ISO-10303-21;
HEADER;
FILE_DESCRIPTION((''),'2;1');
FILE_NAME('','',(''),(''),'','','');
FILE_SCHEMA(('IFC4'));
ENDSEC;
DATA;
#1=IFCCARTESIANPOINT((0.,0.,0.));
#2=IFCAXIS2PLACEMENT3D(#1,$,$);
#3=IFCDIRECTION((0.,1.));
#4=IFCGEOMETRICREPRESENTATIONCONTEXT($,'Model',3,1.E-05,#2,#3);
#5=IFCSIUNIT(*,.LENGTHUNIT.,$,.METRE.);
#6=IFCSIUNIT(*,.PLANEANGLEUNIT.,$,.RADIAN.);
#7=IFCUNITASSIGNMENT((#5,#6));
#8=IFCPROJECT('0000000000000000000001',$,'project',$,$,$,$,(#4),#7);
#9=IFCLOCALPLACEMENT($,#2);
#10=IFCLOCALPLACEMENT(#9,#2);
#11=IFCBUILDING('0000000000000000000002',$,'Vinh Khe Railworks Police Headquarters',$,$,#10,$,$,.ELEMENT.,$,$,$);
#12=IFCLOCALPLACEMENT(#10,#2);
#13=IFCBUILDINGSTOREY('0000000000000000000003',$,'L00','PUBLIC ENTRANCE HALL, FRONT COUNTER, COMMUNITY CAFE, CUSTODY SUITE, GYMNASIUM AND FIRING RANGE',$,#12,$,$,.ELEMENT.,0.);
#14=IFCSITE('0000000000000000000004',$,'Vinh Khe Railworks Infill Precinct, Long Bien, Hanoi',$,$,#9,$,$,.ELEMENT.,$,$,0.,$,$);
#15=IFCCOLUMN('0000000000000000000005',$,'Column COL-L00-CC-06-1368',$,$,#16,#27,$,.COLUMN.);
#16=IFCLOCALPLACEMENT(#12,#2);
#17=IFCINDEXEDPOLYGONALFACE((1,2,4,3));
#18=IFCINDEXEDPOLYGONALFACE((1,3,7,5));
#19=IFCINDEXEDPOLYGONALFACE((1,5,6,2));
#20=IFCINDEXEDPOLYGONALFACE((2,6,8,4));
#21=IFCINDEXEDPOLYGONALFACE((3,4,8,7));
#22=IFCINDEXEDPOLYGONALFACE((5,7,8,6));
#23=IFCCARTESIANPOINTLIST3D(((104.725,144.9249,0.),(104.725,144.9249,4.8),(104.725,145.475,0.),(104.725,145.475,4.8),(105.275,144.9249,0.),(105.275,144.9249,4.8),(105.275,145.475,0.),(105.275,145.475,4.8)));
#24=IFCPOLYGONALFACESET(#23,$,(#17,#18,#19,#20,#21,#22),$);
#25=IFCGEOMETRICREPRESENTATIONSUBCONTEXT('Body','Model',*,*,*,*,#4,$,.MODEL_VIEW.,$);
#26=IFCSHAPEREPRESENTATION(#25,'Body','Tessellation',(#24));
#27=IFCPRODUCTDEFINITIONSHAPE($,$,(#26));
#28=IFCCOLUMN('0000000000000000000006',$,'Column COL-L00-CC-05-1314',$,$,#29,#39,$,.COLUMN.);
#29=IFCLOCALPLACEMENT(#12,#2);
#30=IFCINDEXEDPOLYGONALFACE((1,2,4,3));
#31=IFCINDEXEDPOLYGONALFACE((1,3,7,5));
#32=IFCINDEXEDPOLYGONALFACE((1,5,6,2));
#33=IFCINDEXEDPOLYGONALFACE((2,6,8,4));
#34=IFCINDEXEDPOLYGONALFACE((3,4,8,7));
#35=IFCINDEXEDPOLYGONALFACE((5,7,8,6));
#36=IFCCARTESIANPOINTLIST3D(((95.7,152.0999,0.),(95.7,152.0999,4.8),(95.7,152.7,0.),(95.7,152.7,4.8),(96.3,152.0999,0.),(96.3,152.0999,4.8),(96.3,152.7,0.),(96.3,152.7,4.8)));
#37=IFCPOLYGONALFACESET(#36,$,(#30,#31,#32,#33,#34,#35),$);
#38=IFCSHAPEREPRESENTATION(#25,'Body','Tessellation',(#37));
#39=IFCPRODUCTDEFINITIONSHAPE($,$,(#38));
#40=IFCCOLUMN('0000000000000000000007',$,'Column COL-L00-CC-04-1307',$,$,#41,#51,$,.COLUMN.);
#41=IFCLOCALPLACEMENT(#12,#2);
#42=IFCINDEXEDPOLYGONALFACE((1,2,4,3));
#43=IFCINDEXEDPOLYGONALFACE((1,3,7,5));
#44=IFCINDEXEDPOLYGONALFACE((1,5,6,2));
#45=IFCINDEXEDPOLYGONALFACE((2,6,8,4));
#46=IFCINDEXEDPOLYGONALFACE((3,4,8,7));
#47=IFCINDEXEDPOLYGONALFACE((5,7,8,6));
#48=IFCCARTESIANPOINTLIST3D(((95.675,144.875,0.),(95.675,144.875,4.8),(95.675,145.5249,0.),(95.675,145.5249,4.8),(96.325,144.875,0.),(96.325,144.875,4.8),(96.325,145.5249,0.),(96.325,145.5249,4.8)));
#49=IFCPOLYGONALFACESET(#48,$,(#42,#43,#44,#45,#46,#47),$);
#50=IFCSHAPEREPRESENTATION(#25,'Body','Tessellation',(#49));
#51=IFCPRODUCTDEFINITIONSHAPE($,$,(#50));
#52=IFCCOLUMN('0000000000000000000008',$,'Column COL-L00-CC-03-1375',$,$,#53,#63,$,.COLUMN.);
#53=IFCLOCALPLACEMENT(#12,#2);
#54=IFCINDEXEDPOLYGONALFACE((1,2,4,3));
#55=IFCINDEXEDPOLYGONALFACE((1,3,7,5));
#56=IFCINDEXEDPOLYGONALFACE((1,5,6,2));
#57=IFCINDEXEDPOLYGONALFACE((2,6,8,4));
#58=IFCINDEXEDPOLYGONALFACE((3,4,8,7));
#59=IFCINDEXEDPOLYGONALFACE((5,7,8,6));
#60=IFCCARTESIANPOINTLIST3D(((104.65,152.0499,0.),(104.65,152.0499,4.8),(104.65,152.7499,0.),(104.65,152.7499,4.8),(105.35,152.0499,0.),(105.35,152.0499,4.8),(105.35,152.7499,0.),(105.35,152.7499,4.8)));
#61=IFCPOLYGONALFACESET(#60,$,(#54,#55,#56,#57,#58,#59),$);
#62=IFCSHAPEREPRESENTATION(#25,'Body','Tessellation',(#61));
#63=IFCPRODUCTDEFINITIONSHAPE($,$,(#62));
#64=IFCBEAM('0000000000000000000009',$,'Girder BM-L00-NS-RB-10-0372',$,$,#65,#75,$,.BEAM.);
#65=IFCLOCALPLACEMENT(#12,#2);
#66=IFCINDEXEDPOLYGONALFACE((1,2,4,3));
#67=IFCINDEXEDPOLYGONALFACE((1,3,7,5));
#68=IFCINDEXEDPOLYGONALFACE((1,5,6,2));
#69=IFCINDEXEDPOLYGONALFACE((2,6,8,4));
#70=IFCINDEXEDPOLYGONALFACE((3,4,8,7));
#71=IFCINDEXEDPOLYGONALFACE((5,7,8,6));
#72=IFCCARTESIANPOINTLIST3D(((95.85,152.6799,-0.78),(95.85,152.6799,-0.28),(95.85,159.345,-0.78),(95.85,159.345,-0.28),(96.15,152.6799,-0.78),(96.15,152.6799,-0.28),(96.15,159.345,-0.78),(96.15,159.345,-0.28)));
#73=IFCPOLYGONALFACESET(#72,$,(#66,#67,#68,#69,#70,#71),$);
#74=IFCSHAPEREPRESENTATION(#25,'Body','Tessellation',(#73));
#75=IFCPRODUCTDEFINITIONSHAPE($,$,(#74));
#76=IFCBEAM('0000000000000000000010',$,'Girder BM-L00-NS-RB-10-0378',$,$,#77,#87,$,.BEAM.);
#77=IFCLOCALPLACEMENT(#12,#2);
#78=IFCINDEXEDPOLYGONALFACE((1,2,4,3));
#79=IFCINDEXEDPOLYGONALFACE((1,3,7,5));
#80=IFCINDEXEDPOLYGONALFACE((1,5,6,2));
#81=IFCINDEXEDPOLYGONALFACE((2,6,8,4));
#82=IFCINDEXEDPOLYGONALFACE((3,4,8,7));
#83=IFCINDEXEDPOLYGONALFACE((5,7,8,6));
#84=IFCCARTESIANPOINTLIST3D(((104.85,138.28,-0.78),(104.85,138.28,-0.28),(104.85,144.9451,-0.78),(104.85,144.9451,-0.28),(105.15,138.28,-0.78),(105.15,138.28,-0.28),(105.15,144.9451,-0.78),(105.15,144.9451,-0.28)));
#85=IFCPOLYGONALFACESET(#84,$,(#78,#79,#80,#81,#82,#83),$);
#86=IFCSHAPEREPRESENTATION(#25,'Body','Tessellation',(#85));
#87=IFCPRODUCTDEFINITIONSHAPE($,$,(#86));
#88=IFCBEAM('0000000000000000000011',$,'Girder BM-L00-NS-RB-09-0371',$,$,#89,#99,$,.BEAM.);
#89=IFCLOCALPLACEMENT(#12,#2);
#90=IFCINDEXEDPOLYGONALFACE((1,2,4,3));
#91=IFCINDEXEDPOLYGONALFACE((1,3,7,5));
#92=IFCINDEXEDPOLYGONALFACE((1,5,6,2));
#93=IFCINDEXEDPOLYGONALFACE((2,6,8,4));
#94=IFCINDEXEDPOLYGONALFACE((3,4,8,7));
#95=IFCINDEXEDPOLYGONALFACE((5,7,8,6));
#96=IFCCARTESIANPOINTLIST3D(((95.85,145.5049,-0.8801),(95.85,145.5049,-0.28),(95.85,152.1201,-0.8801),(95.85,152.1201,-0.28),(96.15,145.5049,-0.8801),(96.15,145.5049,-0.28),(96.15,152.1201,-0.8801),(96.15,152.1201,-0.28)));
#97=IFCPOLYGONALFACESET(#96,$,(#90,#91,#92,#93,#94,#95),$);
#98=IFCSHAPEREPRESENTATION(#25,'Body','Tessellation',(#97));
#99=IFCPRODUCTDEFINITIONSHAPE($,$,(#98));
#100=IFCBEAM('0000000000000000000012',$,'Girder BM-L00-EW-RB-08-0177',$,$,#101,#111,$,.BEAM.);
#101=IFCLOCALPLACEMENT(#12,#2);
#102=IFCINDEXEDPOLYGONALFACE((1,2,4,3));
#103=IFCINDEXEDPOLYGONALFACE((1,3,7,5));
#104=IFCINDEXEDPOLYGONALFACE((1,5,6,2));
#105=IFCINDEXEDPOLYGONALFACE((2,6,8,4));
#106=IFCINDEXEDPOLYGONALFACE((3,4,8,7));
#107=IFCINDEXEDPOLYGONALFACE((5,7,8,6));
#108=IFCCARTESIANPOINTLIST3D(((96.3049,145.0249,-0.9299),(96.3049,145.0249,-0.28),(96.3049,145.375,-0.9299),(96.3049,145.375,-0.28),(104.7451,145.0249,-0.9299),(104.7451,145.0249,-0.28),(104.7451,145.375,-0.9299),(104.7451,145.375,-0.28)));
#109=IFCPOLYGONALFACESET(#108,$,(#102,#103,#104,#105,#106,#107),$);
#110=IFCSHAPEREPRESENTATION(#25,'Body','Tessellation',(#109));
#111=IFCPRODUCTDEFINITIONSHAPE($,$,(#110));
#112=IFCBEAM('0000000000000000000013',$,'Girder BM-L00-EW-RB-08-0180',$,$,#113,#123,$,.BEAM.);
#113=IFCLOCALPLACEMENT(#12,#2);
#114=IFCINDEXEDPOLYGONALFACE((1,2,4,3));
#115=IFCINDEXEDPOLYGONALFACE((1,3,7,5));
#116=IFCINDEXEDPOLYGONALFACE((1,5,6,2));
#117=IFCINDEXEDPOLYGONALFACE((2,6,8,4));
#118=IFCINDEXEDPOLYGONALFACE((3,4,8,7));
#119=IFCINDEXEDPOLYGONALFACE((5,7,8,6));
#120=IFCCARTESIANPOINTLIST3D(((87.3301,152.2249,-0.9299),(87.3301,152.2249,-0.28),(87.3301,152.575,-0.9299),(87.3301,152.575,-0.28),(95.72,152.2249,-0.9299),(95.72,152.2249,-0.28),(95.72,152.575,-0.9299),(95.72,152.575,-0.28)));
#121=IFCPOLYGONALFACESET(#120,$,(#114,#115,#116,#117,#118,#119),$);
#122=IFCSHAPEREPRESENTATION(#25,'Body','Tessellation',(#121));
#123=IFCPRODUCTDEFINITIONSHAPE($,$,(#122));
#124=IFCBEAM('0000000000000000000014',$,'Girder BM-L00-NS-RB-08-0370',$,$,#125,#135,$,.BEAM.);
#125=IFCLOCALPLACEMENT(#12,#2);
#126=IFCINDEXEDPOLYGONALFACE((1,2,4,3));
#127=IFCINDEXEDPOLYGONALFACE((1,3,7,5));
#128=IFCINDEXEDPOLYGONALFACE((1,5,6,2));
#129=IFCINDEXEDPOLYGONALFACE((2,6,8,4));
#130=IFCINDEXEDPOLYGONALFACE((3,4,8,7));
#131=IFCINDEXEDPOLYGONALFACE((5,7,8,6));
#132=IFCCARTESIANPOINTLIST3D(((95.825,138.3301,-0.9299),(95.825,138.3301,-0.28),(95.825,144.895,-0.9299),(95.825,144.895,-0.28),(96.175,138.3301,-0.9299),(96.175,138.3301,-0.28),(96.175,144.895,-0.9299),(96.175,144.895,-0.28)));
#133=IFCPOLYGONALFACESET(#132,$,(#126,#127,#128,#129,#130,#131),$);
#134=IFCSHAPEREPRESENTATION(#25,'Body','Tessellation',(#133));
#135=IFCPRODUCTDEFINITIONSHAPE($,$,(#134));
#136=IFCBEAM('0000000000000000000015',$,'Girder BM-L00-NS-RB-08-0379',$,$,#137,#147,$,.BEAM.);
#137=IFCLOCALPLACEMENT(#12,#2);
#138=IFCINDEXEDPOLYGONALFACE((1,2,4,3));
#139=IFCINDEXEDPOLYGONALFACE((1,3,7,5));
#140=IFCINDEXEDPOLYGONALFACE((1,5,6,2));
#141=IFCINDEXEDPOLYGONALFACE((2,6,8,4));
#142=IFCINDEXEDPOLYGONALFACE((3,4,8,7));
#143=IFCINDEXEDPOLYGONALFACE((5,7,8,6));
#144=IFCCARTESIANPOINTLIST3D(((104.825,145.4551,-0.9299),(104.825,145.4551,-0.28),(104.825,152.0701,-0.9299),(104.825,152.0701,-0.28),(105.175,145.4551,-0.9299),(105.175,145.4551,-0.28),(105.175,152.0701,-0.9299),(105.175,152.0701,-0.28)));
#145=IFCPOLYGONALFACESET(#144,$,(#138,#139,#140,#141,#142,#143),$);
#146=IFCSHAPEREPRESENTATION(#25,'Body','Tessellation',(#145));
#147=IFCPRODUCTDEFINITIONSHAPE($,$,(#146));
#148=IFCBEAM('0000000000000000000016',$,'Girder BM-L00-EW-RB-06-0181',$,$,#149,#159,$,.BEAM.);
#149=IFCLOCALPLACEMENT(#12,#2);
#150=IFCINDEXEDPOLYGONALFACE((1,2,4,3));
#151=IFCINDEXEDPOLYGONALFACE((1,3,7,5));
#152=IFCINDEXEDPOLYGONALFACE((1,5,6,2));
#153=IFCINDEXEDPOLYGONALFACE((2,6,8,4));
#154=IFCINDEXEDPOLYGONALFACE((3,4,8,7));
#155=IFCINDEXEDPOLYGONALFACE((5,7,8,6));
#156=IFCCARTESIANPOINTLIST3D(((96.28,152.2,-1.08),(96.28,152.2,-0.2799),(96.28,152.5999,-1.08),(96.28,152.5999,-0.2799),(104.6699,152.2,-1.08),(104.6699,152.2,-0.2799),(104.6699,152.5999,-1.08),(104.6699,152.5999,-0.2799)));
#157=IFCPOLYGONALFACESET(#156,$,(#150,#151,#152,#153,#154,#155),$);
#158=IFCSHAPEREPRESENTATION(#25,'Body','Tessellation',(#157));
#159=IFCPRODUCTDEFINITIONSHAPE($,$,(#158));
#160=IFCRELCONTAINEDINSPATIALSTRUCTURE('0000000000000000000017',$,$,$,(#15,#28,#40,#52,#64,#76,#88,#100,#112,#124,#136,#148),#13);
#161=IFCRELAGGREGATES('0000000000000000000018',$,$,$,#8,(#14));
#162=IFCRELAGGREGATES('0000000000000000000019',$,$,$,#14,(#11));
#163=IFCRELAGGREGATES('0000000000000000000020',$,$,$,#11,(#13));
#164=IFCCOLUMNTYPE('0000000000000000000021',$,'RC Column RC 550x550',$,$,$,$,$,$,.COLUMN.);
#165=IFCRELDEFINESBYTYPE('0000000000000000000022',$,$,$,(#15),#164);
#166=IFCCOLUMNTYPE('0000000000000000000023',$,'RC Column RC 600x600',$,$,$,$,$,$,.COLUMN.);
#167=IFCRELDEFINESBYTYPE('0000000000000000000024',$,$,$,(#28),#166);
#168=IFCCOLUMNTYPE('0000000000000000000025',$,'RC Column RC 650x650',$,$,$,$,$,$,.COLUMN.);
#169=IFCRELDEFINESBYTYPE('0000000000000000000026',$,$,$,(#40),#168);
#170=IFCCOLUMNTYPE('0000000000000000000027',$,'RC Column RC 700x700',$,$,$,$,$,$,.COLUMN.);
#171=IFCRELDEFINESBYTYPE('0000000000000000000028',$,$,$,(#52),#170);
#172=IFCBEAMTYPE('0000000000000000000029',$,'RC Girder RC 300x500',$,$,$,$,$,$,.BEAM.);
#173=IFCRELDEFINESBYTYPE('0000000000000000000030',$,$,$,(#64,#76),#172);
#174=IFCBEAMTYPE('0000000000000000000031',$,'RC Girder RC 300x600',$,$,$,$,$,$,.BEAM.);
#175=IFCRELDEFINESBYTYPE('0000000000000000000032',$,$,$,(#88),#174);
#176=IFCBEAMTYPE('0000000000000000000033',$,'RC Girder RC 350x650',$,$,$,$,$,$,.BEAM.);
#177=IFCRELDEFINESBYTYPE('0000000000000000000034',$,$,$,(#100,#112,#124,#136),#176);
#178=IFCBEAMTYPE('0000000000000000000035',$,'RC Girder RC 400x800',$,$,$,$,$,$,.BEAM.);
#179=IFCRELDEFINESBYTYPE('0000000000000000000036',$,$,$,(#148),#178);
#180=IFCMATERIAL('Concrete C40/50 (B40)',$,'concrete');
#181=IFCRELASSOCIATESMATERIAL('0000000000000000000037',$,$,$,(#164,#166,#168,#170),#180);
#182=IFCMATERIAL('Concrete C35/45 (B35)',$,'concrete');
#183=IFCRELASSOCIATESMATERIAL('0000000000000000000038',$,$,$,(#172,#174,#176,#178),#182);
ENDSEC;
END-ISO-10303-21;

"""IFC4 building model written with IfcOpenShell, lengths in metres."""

from ifc_helpers import new_model, si_unit, direction, frame, origin, origin_2d, place, context, subcontext, project, spatial, rectangle, extrude, material, material_profile, profile_set, type_object, element, save


model = new_model("IFC4")

# Units and contexts
model_context = context("Model", 3, precision=1e-05, world=origin(), true_north=direction((0.0, 1.0)))
body_context = subcontext(model_context, "Body", "Model", "MODEL_VIEW")
ifc_project = project(units=[si_unit("LENGTHUNIT", "METRE"), si_unit("PLANEANGLEUNIT", "RADIAN")], contexts=[model_context])

# Site, building, storey
site_placement = place(None, origin())
site = spatial("IfcSite", under=ifc_project, at=site_placement, Name="Vinh Khe Railworks Infill Precinct, Long Bien, Hanoi", CompositionType="ELEMENT", RefElevation=0.0)
building_placement = place(site_placement, origin())
building = spatial("IfcBuilding", under=site, at=building_placement, Name="Vinh Khe Railworks Police Headquarters", CompositionType="ELEMENT")
storey_placement = place(building_placement, origin())
storey = spatial("IfcBuildingStorey", under=building, at=storey_placement, Name="L00", Description="PUBLIC ENTRANCE HALL, FRONT COUNTER, COMMUNITY CAFE, CUSTODY SUITE, GYMNASIUM AND FIRING RANGE", CompositionType="ELEMENT", Elevation=0.0)

# Columns
ifc_material_1 = material(Name="Concrete C40/50 (B40)", Category="concrete")
ifc_material_profile_1 = material_profile(ifc_material_1, rectangle(XDim=0.55, YDim=0.55, at=origin_2d()), Name="RC 550x550")
ifc_profile_set_1 = profile_set([ifc_material_profile_1], Name="Concrete C40/50 (B40)")
column_type_1 = type_object("IfcColumnType", Name="RC Column RC 550x550", PredefinedType="COLUMN", material=ifc_profile_set_1)
column_1_placement = place(storey_placement, frame((105.0, 145.2, 0.0), z_axis=(0.0, 0.0, 1.0), x_axis=(1.0, 0.0, 0.0)))
element("IfcColumn", 1, at=column_1_placement, inside=storey, type_object=column_type_1, Name="Column COL-L00-CC-06-1368", PredefinedType="COLUMN", context=body_context, shape_type="SweptSolid", body=[
    extrude(rectangle(XDim=0.55, YDim=0.55, at=origin_2d()), origin(), (0.0, 0.0, 1.0), 4.8),
])
ifc_material_profile_2 = material_profile(ifc_material_1, rectangle(XDim=0.6001, YDim=0.6001, at=origin_2d()), Name="RC 600x600")
ifc_profile_set_2 = profile_set([ifc_material_profile_2], Name="Concrete C40/50 (B40)")
column_type_2 = type_object("IfcColumnType", Name="RC Column RC 600x600", PredefinedType="COLUMN", material=ifc_profile_set_2)
column_2_placement = place(storey_placement, frame((96.0, 152.3999, 0.0), z_axis=(0.0, 0.0, 1.0), x_axis=(1.0, 0.0, 0.0)))
element("IfcColumn", 2, at=column_2_placement, inside=storey, type_object=column_type_2, Name="Column COL-L00-CC-05-1314", PredefinedType="COLUMN", context=body_context, shape_type="SweptSolid", body=[
    extrude(rectangle(XDim=0.6001, YDim=0.6001, at=origin_2d()), origin(), (0.0, 0.0, 1.0), 4.8),
])
ifc_material_profile_3 = material_profile(ifc_material_1, rectangle(XDim=0.6499, YDim=0.6499, at=origin_2d()), Name="RC 650x650")
ifc_profile_set_3 = profile_set([ifc_material_profile_3], Name="Concrete C40/50 (B40)")
column_type_3 = type_object("IfcColumnType", Name="RC Column RC 650x650", PredefinedType="COLUMN", material=ifc_profile_set_3)
column_3_placement = place(storey_placement, frame((96.0, 145.2, 0.0), z_axis=(0.0, 0.0, 1.0), x_axis=(1.0, 0.0, 0.0)))
element("IfcColumn", 3, at=column_3_placement, inside=storey, type_object=column_type_3, Name="Column COL-L00-CC-04-1307", PredefinedType="COLUMN", context=body_context, shape_type="SweptSolid", body=[
    extrude(rectangle(XDim=0.6499, YDim=0.6499, at=origin_2d()), origin(), (0.0, 0.0, 1.0), 4.8),
])
ifc_material_profile_4 = material_profile(ifc_material_1, rectangle(XDim=0.7, YDim=0.7, at=origin_2d()), Name="RC 700x700")
ifc_profile_set_4 = profile_set([ifc_material_profile_4], Name="Concrete C40/50 (B40)")
column_type_4 = type_object("IfcColumnType", Name="RC Column RC 700x700", PredefinedType="COLUMN", material=ifc_profile_set_4)
column_4_placement = place(storey_placement, frame((105.0, 152.3999, 0.0), z_axis=(0.0, 0.0, 1.0), x_axis=(1.0, 0.0, 0.0)))
element("IfcColumn", 4, at=column_4_placement, inside=storey, type_object=column_type_4, Name="Column COL-L00-CC-03-1375", PredefinedType="COLUMN", context=body_context, shape_type="SweptSolid", body=[
    extrude(rectangle(XDim=0.7, YDim=0.7, at=origin_2d()), origin(), (0.0, 0.0, 1.0), 4.8),
])

# Beams
ifc_material_2 = material(Name="Concrete C35/45 (B35)", Category="concrete")
ifc_material_profile_5 = material_profile(ifc_material_2, rectangle(XDim=0.3, YDim=0.5, at=origin_2d()), Name="RC 300x500")
ifc_profile_set_5 = profile_set([ifc_material_profile_5], Name="Concrete C35/45 (B35)")
beam_type_1 = type_object("IfcBeamType", Name="RC Girder RC 300x500", PredefinedType="BEAM", material=ifc_profile_set_5)
for number, where, z_axis, x_axis, name in (
    (5, (96.0, 152.6799, -0.53), (0.0, 1.0, 0.0), (-1.0, 0.0, 0.0), "Girder BM-L00-NS-RB-10-0372"),
    (6, (105.0, 138.28, -0.53), (0.0, 1.0, 0.0), (-1.0, 0.0, 0.0), "Girder BM-L00-NS-RB-10-0378"),
):
    element("IfcBeam", number, at=place(storey_placement, frame(where, z_axis=z_axis, x_axis=x_axis)), inside=storey, type_object=beam_type_1, Name=name, PredefinedType="BEAM", context=body_context, shape_type="SweptSolid", body=[
        extrude(rectangle(XDim=0.3, YDim=0.5, at=origin_2d()), origin(), (0.0, 0.0, 1.0), 6.665),
    ])
ifc_material_profile_6 = material_profile(ifc_material_2, rectangle(XDim=0.3, YDim=0.6001, at=origin_2d()), Name="RC 300x600")
ifc_profile_set_6 = profile_set([ifc_material_profile_6], Name="Concrete C35/45 (B35)")
beam_type_2 = type_object("IfcBeamType", Name="RC Girder RC 300x600", PredefinedType="BEAM", material=ifc_profile_set_6)
beam_1_placement = place(storey_placement, frame((96.0, 145.5049, -0.5801), z_axis=(0.0, 1.0, 0.0), x_axis=(-1.0, 0.0, 0.0)))
element("IfcBeam", 7, at=beam_1_placement, inside=storey, type_object=beam_type_2, Name="Girder BM-L00-NS-RB-09-0371", PredefinedType="BEAM", context=body_context, shape_type="SweptSolid", body=[
    extrude(rectangle(XDim=0.3, YDim=0.6001, at=origin_2d()), origin(), (0.0, 0.0, 1.0), 6.6152),
])
ifc_material_profile_7 = material_profile(ifc_material_2, rectangle(XDim=0.3501, YDim=0.6499, at=origin_2d()), Name="RC 350x650")
ifc_profile_set_7 = profile_set([ifc_material_profile_7], Name="Concrete C35/45 (B35)")
beam_type_3 = type_object("IfcBeamType", Name="RC Girder RC 350x650", PredefinedType="BEAM", material=ifc_profile_set_7)
beam_2_placement = place(storey_placement, frame((96.3049, 145.2, -0.605), z_axis=(1.0, 0.0, 0.0), x_axis=(0.0, 1.0, 0.0)))
element("IfcBeam", 8, at=beam_2_placement, inside=storey, type_object=beam_type_3, Name="Girder BM-L00-EW-RB-08-0177", PredefinedType="BEAM", context=body_context, shape_type="SweptSolid", body=[
    extrude(rectangle(XDim=0.3501, YDim=0.6499, at=origin_2d()), origin(), (0.0, 0.0, 1.0), 8.4402),
])
beam_3_placement = place(storey_placement, frame((87.3301, 152.3999, -0.605), z_axis=(1.0, 0.0, 0.0), x_axis=(0.0, 1.0, 0.0)))
element("IfcBeam", 9, at=beam_3_placement, inside=storey, type_object=beam_type_3, Name="Girder BM-L00-EW-RB-08-0180", PredefinedType="BEAM", context=body_context, shape_type="SweptSolid", body=[
    extrude(rectangle(XDim=0.3501, YDim=0.6499, at=origin_2d()), origin(), (0.0, 0.0, 1.0), 8.3899),
])
beam_4_placement = place(storey_placement, frame((96.0, 138.3301, -0.605), z_axis=(0.0, 1.0, 0.0), x_axis=(-1.0, 0.0, 0.0)))
element("IfcBeam", 10, at=beam_4_placement, inside=storey, type_object=beam_type_3, Name="Girder BM-L00-NS-RB-08-0370", PredefinedType="BEAM", context=body_context, shape_type="SweptSolid", body=[
    extrude(rectangle(XDim=0.3501, YDim=0.6499, at=origin_2d()), origin(), (0.0, 0.0, 1.0), 6.5649),
])
beam_5_placement = place(storey_placement, frame((105.0, 145.4551, -0.605), z_axis=(0.0, 1.0, 0.0), x_axis=(-1.0, 0.0, 0.0)))
element("IfcBeam", 11, at=beam_5_placement, inside=storey, type_object=beam_type_3, Name="Girder BM-L00-NS-RB-08-0379", PredefinedType="BEAM", context=body_context, shape_type="SweptSolid", body=[
    extrude(rectangle(XDim=0.3501, YDim=0.6499, at=origin_2d()), origin(), (0.0, 0.0, 1.0), 6.615),
])
ifc_material_profile_8 = material_profile(ifc_material_2, rectangle(XDim=0.3999, YDim=0.8, at=origin_2d()), Name="RC 400x800")
ifc_profile_set_8 = profile_set([ifc_material_profile_8], Name="Concrete C35/45 (B35)")
beam_type_4 = type_object("IfcBeamType", Name="RC Girder RC 400x800", PredefinedType="BEAM", material=ifc_profile_set_8)
beam_6_placement = place(storey_placement, frame((96.28, 152.3999, -0.6799), z_axis=(1.0, 0.0, 0.0), x_axis=(0.0, 1.0, 0.0)))
element("IfcBeam", 12, at=beam_6_placement, inside=storey, type_object=beam_type_4, Name="Girder BM-L00-EW-RB-06-0181", PredefinedType="BEAM", context=body_context, shape_type="SweptSolid", body=[
    extrude(rectangle(XDim=0.3999, YDim=0.8, at=origin_2d()), origin(), (0.0, 0.0, 1.0), 8.3899),
])

save(model, "model.ifc")
